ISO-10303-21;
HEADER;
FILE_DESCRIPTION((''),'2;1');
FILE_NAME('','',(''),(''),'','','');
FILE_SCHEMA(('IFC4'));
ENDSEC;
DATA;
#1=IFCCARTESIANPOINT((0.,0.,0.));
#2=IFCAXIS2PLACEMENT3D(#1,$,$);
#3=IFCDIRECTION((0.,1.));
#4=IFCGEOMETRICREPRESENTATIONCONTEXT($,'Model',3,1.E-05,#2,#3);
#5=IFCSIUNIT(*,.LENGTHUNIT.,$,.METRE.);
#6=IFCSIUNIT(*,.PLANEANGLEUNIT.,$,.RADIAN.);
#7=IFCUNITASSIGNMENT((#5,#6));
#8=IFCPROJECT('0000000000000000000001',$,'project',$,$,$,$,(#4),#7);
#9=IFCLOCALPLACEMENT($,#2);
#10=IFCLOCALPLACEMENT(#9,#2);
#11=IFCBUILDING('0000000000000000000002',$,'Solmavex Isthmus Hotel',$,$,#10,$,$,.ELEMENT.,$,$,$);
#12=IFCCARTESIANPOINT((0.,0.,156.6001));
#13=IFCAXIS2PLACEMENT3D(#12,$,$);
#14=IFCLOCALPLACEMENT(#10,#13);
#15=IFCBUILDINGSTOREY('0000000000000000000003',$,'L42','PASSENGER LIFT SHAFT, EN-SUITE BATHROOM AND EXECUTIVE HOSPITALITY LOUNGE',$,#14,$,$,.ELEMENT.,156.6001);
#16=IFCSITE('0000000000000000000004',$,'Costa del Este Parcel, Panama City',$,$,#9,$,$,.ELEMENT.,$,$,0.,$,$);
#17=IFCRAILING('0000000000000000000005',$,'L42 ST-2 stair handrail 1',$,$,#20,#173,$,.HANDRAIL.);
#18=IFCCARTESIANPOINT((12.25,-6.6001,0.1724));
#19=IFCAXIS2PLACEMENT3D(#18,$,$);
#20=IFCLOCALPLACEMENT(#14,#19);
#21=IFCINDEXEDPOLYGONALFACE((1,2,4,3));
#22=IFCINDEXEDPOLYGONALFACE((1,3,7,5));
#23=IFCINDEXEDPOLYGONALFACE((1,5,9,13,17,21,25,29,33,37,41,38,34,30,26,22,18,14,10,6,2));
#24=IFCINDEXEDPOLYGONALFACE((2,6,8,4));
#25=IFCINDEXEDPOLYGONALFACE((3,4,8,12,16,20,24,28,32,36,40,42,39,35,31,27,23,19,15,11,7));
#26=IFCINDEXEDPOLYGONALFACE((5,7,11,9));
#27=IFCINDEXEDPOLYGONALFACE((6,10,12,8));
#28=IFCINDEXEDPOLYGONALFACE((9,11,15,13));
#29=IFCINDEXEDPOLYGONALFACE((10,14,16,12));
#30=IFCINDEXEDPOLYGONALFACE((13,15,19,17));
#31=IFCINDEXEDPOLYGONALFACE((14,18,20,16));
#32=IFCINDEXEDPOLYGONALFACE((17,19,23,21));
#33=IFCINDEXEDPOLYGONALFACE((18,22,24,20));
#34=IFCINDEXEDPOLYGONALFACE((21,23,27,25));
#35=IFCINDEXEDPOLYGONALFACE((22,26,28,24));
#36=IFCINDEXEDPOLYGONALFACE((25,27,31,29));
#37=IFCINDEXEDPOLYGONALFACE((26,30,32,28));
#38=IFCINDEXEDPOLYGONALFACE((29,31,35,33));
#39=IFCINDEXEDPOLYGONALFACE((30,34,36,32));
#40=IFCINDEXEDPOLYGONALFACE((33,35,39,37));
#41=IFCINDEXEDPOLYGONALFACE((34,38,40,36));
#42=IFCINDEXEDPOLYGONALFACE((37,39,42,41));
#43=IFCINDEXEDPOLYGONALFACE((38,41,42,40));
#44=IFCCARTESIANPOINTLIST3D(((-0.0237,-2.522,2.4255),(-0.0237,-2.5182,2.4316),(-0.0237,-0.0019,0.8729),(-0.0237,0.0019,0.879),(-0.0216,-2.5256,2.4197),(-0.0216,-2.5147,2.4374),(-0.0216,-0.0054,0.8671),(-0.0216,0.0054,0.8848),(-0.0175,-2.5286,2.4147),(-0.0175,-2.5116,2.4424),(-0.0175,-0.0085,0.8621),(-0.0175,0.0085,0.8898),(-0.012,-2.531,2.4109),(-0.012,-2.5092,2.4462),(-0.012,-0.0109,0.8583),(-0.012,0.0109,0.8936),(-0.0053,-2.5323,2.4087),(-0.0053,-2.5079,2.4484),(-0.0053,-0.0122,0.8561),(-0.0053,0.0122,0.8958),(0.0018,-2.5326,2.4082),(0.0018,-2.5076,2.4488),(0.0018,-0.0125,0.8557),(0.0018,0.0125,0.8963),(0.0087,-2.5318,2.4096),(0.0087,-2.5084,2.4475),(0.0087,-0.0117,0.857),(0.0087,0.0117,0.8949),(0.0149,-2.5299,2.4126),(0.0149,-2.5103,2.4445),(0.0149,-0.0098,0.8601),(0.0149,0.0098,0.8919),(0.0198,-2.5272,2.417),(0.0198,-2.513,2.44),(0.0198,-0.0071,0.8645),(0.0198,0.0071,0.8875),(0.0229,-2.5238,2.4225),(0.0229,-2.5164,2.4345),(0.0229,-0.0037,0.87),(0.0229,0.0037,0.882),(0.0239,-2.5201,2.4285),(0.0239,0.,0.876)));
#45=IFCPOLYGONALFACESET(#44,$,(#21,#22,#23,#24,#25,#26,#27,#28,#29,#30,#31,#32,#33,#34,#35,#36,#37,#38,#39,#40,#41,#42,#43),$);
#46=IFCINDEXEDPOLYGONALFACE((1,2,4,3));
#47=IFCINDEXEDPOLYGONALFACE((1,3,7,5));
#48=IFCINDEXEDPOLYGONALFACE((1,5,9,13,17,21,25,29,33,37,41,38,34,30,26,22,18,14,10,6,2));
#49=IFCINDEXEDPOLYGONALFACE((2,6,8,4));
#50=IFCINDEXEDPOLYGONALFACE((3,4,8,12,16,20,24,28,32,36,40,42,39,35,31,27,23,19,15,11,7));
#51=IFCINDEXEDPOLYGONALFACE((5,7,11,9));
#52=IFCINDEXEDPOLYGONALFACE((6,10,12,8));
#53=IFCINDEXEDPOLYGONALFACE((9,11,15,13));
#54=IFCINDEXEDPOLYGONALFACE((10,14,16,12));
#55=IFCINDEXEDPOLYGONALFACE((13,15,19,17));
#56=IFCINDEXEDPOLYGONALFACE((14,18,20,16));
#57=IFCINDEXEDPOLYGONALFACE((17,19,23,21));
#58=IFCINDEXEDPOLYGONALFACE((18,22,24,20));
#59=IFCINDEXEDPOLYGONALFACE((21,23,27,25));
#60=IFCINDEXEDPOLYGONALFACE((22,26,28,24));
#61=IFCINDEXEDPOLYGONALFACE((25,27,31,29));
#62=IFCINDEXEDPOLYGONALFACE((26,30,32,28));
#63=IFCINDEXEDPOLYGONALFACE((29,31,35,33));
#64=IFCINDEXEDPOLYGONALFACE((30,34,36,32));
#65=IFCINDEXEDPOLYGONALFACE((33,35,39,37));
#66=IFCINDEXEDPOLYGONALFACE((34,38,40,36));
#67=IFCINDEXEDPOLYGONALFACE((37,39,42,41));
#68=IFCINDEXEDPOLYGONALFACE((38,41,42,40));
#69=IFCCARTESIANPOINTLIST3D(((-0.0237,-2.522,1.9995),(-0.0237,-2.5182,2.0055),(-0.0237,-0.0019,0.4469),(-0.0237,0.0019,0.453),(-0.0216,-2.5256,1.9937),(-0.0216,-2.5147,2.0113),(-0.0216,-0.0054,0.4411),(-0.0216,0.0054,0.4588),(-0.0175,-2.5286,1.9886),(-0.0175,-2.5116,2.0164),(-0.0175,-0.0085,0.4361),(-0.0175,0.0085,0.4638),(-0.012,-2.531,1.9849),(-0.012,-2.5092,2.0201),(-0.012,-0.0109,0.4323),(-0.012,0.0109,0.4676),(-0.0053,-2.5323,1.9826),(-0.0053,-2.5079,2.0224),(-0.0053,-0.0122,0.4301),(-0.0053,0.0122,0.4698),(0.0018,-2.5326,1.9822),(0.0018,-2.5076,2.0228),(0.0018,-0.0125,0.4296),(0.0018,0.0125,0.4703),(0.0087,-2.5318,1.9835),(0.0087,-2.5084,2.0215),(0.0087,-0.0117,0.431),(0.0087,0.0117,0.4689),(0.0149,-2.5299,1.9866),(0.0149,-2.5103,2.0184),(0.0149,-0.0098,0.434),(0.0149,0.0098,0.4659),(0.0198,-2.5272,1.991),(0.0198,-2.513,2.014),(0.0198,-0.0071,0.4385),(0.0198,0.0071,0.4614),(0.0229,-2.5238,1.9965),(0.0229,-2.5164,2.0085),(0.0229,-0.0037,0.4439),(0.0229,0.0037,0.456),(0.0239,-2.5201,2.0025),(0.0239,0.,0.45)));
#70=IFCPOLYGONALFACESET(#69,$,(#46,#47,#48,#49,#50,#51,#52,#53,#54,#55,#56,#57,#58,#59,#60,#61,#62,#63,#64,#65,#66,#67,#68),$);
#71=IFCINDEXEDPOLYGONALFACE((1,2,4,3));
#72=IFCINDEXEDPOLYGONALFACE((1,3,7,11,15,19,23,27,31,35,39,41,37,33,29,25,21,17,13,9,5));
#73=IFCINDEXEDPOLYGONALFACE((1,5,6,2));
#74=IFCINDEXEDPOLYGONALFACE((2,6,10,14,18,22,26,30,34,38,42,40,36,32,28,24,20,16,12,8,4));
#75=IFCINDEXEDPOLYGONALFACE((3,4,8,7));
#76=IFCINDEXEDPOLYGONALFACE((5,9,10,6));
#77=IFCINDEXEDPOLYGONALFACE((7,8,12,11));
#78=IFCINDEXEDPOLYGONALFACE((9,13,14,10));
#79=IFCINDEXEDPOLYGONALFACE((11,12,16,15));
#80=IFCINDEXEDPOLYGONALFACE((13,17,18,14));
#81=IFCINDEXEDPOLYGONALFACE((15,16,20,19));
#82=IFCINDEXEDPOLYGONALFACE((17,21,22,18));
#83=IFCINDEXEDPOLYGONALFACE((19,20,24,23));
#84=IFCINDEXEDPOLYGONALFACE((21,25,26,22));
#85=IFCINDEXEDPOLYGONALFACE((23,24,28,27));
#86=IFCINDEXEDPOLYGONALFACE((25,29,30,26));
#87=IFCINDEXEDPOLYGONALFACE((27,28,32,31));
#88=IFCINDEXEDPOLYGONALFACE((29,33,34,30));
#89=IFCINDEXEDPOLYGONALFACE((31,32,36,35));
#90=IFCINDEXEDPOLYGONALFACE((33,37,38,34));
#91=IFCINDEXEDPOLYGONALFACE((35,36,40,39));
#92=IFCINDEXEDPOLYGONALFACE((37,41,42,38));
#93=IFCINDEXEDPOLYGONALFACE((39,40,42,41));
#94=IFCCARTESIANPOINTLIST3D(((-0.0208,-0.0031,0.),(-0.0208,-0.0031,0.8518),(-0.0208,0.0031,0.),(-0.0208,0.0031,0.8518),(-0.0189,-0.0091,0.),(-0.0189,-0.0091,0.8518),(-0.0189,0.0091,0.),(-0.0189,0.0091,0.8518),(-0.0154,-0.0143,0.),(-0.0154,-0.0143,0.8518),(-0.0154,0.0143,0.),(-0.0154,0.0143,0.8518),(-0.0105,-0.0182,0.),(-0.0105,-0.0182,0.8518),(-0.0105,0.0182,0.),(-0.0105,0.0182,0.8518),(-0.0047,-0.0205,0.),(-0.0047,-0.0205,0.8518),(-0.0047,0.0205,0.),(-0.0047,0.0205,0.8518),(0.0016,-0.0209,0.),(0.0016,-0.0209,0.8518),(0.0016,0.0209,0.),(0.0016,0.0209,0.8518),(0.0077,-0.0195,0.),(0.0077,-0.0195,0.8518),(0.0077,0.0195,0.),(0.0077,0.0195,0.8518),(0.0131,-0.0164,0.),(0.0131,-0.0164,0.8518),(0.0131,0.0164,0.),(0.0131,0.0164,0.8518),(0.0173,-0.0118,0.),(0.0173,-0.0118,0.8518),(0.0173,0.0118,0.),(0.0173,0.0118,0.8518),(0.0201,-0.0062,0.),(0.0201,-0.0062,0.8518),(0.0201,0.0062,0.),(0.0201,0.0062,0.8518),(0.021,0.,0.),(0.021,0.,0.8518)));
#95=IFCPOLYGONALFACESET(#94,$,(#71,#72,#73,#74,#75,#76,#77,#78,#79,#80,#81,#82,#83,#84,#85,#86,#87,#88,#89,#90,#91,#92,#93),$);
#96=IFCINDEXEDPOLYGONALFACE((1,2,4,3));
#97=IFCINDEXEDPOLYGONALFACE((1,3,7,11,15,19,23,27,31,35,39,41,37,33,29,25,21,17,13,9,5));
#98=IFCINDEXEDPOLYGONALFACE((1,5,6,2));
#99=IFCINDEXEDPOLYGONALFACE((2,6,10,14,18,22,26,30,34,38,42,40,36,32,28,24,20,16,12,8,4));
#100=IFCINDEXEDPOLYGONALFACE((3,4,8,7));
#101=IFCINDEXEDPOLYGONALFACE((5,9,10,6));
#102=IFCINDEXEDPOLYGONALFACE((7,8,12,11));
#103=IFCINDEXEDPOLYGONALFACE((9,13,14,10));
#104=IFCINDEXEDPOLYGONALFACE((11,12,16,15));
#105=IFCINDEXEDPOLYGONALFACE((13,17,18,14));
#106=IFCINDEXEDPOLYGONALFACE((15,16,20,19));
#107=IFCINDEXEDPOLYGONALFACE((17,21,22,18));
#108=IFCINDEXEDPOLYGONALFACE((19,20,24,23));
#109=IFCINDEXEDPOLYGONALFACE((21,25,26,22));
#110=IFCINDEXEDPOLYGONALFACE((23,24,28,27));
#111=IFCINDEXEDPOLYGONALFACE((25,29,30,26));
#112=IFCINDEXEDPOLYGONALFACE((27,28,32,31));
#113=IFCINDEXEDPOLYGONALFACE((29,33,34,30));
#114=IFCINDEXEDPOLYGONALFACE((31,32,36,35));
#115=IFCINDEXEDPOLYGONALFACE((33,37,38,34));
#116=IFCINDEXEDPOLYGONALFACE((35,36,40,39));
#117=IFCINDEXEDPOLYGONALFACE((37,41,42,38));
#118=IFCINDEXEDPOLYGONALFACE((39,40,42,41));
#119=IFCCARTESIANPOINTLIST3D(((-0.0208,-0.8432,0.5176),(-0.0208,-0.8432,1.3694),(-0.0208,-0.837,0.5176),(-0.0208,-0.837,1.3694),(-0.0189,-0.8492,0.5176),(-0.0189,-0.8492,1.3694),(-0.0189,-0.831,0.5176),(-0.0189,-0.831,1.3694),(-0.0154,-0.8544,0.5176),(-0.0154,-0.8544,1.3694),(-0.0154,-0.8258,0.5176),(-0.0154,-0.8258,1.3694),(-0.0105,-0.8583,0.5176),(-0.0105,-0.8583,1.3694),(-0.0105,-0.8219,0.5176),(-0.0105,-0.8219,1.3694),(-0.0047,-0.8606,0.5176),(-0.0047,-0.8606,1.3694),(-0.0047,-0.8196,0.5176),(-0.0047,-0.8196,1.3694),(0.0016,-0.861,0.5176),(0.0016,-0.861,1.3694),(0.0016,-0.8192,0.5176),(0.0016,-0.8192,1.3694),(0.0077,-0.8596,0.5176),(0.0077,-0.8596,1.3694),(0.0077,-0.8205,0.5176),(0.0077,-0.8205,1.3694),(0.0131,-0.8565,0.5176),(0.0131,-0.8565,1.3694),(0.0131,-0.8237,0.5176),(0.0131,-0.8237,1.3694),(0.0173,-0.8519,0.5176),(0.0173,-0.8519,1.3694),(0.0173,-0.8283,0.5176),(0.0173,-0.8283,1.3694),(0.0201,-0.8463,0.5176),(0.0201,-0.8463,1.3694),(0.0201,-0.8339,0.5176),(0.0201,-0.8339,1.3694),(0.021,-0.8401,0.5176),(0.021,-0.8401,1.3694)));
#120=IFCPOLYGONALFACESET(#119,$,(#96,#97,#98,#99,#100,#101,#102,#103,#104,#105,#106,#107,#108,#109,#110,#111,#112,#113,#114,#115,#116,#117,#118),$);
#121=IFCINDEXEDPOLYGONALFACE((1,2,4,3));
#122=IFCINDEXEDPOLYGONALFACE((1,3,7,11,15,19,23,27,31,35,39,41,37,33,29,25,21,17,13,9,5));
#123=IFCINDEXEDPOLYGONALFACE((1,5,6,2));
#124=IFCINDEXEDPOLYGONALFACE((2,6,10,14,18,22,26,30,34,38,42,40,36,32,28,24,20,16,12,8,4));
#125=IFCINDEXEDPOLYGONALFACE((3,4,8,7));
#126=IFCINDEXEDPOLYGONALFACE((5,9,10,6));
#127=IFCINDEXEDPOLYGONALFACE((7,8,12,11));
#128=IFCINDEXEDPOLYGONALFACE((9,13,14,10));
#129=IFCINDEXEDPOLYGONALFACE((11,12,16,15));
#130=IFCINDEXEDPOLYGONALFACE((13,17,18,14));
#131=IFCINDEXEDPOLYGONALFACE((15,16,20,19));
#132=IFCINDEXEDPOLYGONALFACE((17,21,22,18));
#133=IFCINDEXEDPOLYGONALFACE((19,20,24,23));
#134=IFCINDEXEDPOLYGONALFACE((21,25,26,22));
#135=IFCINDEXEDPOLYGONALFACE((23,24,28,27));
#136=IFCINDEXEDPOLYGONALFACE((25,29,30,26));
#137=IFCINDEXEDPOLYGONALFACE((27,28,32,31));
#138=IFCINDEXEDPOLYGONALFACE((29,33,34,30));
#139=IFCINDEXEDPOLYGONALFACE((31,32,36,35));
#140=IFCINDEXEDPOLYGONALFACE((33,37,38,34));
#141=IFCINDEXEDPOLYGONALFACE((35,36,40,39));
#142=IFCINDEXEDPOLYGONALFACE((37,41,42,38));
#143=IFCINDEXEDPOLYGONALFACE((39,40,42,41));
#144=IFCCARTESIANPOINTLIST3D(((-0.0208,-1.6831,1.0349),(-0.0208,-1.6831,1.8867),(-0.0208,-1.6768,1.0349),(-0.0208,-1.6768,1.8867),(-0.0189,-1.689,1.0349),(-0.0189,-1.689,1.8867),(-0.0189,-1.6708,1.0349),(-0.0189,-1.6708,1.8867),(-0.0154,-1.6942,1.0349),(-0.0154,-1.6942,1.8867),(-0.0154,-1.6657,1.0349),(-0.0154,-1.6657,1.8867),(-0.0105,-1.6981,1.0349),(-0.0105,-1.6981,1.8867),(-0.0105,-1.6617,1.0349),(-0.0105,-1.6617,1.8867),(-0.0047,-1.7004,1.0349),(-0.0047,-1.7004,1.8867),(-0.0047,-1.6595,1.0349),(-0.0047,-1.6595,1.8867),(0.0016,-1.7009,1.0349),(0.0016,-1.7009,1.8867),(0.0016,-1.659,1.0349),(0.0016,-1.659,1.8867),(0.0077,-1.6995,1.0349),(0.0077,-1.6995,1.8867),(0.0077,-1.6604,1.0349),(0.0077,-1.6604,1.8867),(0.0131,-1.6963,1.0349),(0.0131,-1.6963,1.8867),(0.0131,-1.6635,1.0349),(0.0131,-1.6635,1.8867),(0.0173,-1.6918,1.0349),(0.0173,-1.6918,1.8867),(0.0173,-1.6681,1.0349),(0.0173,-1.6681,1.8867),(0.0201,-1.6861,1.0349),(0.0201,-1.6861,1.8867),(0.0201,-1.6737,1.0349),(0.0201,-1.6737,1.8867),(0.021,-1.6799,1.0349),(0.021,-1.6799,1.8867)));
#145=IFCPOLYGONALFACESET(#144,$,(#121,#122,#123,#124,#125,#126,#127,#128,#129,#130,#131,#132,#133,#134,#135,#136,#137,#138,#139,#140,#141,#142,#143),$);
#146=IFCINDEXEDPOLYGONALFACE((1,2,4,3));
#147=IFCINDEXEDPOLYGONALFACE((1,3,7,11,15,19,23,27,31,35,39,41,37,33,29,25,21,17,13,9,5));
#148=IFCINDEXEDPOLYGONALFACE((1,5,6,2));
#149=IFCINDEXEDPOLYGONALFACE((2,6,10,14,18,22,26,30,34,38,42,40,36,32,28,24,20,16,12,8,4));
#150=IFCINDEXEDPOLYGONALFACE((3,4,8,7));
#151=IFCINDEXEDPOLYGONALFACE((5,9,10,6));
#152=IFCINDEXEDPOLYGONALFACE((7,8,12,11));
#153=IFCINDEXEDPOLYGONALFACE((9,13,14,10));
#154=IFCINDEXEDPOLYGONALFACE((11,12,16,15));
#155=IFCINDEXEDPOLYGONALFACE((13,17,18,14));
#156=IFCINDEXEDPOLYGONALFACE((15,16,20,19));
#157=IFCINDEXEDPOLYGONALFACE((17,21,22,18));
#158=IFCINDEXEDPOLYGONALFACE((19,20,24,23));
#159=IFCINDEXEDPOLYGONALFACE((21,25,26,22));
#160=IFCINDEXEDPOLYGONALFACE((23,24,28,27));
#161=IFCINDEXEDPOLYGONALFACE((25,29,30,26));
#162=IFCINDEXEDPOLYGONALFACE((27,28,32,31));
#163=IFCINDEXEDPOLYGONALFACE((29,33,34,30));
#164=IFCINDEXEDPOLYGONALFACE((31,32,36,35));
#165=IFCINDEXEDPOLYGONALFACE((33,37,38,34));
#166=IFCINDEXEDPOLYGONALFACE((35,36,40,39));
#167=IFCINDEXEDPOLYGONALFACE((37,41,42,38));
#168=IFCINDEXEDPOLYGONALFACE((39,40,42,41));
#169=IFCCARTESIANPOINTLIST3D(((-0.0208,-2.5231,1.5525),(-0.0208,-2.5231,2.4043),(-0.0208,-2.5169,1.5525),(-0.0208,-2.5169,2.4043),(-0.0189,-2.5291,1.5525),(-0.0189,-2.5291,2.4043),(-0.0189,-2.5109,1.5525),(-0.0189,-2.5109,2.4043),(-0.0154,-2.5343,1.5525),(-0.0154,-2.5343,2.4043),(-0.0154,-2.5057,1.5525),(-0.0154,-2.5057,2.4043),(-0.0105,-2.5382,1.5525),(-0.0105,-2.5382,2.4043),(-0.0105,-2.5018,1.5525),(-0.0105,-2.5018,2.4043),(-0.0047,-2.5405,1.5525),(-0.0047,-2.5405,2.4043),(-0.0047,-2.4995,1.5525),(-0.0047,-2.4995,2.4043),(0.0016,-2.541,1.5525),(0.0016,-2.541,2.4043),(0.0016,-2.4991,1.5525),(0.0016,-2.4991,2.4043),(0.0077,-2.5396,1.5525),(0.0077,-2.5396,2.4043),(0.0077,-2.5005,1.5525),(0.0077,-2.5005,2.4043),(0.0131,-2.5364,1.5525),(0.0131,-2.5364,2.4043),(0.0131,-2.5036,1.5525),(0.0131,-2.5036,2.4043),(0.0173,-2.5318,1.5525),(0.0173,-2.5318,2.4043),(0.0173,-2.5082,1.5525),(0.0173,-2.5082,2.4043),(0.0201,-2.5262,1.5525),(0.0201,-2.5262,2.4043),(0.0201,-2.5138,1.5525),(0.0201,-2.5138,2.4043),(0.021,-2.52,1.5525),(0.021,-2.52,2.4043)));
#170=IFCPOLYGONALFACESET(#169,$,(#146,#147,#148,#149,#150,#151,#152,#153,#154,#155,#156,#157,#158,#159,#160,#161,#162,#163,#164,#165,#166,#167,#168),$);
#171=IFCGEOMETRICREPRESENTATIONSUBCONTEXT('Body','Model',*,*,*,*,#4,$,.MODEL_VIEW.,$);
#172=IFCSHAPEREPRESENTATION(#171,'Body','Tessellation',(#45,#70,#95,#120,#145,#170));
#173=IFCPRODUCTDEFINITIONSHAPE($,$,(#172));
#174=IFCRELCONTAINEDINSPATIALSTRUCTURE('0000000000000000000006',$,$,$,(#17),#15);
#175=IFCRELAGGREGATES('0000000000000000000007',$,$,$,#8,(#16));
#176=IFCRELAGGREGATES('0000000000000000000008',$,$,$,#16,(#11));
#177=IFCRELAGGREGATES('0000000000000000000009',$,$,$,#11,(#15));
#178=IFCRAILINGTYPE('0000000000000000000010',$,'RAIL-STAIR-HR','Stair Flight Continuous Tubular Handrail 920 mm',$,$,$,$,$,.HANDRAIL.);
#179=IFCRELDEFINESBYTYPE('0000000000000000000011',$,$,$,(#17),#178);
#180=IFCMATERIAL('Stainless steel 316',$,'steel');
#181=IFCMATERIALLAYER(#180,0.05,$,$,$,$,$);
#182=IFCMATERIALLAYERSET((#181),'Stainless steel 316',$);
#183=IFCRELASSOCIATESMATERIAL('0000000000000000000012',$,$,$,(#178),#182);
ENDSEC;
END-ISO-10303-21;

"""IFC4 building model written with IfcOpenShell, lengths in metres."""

from ifc_helpers import new_model, si_unit, direction, frame, origin, origin_2d, place, context, subcontext, project, spatial, circle, extrude, material, layer, layer_set, type_object, element, save


model = new_model("IFC4")

# Units and contexts
model_context = context("Model", 3, precision=1e-05, world=origin(), true_north=direction((0.0, 1.0)))
body_context = subcontext(model_context, "Body", "Model", "MODEL_VIEW")
ifc_project = project(units=[si_unit("LENGTHUNIT", "METRE"), si_unit("PLANEANGLEUNIT", "RADIAN")], contexts=[model_context])

# Site, building, storey
site_placement = place(None, origin())
site = spatial("IfcSite", under=ifc_project, at=site_placement, Name="Costa del Este Parcel, Panama City", CompositionType="ELEMENT", RefElevation=0.0)
building_placement = place(site_placement, origin())
building = spatial("IfcBuilding", under=site, at=building_placement, Name="Solmavex Isthmus Hotel", CompositionType="ELEMENT")
storey_placement = place(building_placement, frame((0.0, 0.0, 156.6001)))
storey = spatial("IfcBuildingStorey", under=building, at=storey_placement, Name="L42", Description="PASSENGER LIFT SHAFT, EN-SUITE BATHROOM AND EXECUTIVE HOSPITALITY LOUNGE", CompositionType="ELEMENT", Elevation=156.6001)

# Shared definitions
ifc_material_1 = material(Name="Stainless steel 316", Category="steel")

# Railing
ifc_layer_1 = layer(ifc_material_1, 0.05)
ifc_layer_set_1 = layer_set([ifc_layer_1], Name="Stainless steel 316")
railing_type_1 = type_object("IfcRailingType", Name="RAIL-STAIR-HR", Description="Stair Flight Continuous Tubular Handrail 920 mm", PredefinedType="HANDRAIL", material=ifc_layer_set_1)
railing_1_placement = place(storey_placement, frame((12.25, -6.6001, 0.1724)))
element("IfcRailing", 1, at=railing_1_placement, inside=storey, type_object=railing_type_1, Name="L42 ST-2 stair handrail 1", PredefinedType="HANDRAIL", context=body_context, shape_type="SweptSolid", body=[
    extrude(circle(Radius=0.0239, at=origin_2d()), frame((0.0, 0.0, 0.876), z_axis=(0.0, -0.8514, 0.524516), x_axis=(1.0, 0.0, 0.0)), (0.0, 0.0, 1.0), 2.96),
    extrude(circle(Radius=0.0239, at=origin_2d()), frame((0.0, 0.0, 0.45), z_axis=(0.0, -0.8514, 0.524516), x_axis=(1.0, 0.0, 0.0)), (0.0, 0.0, 1.0), 2.96),
    extrude(circle(Radius=0.021, at=origin_2d()), origin(), (0.0, 0.0, 1.0), 0.8518),
    extrude(circle(Radius=0.021, at=origin_2d()), frame((0.0, -0.8401, 0.5176)), (0.0, 0.0, 1.0), 0.8518),
    extrude(circle(Radius=0.021, at=origin_2d()), frame((0.0, -1.6799, 1.0349)), (0.0, 0.0, 1.0), 0.8518),
    extrude(circle(Radius=0.021, at=origin_2d()), frame((0.0, -2.52, 1.5525)), (0.0, 0.0, 1.0), 0.8518),
])

save(model, "model.ifc")
